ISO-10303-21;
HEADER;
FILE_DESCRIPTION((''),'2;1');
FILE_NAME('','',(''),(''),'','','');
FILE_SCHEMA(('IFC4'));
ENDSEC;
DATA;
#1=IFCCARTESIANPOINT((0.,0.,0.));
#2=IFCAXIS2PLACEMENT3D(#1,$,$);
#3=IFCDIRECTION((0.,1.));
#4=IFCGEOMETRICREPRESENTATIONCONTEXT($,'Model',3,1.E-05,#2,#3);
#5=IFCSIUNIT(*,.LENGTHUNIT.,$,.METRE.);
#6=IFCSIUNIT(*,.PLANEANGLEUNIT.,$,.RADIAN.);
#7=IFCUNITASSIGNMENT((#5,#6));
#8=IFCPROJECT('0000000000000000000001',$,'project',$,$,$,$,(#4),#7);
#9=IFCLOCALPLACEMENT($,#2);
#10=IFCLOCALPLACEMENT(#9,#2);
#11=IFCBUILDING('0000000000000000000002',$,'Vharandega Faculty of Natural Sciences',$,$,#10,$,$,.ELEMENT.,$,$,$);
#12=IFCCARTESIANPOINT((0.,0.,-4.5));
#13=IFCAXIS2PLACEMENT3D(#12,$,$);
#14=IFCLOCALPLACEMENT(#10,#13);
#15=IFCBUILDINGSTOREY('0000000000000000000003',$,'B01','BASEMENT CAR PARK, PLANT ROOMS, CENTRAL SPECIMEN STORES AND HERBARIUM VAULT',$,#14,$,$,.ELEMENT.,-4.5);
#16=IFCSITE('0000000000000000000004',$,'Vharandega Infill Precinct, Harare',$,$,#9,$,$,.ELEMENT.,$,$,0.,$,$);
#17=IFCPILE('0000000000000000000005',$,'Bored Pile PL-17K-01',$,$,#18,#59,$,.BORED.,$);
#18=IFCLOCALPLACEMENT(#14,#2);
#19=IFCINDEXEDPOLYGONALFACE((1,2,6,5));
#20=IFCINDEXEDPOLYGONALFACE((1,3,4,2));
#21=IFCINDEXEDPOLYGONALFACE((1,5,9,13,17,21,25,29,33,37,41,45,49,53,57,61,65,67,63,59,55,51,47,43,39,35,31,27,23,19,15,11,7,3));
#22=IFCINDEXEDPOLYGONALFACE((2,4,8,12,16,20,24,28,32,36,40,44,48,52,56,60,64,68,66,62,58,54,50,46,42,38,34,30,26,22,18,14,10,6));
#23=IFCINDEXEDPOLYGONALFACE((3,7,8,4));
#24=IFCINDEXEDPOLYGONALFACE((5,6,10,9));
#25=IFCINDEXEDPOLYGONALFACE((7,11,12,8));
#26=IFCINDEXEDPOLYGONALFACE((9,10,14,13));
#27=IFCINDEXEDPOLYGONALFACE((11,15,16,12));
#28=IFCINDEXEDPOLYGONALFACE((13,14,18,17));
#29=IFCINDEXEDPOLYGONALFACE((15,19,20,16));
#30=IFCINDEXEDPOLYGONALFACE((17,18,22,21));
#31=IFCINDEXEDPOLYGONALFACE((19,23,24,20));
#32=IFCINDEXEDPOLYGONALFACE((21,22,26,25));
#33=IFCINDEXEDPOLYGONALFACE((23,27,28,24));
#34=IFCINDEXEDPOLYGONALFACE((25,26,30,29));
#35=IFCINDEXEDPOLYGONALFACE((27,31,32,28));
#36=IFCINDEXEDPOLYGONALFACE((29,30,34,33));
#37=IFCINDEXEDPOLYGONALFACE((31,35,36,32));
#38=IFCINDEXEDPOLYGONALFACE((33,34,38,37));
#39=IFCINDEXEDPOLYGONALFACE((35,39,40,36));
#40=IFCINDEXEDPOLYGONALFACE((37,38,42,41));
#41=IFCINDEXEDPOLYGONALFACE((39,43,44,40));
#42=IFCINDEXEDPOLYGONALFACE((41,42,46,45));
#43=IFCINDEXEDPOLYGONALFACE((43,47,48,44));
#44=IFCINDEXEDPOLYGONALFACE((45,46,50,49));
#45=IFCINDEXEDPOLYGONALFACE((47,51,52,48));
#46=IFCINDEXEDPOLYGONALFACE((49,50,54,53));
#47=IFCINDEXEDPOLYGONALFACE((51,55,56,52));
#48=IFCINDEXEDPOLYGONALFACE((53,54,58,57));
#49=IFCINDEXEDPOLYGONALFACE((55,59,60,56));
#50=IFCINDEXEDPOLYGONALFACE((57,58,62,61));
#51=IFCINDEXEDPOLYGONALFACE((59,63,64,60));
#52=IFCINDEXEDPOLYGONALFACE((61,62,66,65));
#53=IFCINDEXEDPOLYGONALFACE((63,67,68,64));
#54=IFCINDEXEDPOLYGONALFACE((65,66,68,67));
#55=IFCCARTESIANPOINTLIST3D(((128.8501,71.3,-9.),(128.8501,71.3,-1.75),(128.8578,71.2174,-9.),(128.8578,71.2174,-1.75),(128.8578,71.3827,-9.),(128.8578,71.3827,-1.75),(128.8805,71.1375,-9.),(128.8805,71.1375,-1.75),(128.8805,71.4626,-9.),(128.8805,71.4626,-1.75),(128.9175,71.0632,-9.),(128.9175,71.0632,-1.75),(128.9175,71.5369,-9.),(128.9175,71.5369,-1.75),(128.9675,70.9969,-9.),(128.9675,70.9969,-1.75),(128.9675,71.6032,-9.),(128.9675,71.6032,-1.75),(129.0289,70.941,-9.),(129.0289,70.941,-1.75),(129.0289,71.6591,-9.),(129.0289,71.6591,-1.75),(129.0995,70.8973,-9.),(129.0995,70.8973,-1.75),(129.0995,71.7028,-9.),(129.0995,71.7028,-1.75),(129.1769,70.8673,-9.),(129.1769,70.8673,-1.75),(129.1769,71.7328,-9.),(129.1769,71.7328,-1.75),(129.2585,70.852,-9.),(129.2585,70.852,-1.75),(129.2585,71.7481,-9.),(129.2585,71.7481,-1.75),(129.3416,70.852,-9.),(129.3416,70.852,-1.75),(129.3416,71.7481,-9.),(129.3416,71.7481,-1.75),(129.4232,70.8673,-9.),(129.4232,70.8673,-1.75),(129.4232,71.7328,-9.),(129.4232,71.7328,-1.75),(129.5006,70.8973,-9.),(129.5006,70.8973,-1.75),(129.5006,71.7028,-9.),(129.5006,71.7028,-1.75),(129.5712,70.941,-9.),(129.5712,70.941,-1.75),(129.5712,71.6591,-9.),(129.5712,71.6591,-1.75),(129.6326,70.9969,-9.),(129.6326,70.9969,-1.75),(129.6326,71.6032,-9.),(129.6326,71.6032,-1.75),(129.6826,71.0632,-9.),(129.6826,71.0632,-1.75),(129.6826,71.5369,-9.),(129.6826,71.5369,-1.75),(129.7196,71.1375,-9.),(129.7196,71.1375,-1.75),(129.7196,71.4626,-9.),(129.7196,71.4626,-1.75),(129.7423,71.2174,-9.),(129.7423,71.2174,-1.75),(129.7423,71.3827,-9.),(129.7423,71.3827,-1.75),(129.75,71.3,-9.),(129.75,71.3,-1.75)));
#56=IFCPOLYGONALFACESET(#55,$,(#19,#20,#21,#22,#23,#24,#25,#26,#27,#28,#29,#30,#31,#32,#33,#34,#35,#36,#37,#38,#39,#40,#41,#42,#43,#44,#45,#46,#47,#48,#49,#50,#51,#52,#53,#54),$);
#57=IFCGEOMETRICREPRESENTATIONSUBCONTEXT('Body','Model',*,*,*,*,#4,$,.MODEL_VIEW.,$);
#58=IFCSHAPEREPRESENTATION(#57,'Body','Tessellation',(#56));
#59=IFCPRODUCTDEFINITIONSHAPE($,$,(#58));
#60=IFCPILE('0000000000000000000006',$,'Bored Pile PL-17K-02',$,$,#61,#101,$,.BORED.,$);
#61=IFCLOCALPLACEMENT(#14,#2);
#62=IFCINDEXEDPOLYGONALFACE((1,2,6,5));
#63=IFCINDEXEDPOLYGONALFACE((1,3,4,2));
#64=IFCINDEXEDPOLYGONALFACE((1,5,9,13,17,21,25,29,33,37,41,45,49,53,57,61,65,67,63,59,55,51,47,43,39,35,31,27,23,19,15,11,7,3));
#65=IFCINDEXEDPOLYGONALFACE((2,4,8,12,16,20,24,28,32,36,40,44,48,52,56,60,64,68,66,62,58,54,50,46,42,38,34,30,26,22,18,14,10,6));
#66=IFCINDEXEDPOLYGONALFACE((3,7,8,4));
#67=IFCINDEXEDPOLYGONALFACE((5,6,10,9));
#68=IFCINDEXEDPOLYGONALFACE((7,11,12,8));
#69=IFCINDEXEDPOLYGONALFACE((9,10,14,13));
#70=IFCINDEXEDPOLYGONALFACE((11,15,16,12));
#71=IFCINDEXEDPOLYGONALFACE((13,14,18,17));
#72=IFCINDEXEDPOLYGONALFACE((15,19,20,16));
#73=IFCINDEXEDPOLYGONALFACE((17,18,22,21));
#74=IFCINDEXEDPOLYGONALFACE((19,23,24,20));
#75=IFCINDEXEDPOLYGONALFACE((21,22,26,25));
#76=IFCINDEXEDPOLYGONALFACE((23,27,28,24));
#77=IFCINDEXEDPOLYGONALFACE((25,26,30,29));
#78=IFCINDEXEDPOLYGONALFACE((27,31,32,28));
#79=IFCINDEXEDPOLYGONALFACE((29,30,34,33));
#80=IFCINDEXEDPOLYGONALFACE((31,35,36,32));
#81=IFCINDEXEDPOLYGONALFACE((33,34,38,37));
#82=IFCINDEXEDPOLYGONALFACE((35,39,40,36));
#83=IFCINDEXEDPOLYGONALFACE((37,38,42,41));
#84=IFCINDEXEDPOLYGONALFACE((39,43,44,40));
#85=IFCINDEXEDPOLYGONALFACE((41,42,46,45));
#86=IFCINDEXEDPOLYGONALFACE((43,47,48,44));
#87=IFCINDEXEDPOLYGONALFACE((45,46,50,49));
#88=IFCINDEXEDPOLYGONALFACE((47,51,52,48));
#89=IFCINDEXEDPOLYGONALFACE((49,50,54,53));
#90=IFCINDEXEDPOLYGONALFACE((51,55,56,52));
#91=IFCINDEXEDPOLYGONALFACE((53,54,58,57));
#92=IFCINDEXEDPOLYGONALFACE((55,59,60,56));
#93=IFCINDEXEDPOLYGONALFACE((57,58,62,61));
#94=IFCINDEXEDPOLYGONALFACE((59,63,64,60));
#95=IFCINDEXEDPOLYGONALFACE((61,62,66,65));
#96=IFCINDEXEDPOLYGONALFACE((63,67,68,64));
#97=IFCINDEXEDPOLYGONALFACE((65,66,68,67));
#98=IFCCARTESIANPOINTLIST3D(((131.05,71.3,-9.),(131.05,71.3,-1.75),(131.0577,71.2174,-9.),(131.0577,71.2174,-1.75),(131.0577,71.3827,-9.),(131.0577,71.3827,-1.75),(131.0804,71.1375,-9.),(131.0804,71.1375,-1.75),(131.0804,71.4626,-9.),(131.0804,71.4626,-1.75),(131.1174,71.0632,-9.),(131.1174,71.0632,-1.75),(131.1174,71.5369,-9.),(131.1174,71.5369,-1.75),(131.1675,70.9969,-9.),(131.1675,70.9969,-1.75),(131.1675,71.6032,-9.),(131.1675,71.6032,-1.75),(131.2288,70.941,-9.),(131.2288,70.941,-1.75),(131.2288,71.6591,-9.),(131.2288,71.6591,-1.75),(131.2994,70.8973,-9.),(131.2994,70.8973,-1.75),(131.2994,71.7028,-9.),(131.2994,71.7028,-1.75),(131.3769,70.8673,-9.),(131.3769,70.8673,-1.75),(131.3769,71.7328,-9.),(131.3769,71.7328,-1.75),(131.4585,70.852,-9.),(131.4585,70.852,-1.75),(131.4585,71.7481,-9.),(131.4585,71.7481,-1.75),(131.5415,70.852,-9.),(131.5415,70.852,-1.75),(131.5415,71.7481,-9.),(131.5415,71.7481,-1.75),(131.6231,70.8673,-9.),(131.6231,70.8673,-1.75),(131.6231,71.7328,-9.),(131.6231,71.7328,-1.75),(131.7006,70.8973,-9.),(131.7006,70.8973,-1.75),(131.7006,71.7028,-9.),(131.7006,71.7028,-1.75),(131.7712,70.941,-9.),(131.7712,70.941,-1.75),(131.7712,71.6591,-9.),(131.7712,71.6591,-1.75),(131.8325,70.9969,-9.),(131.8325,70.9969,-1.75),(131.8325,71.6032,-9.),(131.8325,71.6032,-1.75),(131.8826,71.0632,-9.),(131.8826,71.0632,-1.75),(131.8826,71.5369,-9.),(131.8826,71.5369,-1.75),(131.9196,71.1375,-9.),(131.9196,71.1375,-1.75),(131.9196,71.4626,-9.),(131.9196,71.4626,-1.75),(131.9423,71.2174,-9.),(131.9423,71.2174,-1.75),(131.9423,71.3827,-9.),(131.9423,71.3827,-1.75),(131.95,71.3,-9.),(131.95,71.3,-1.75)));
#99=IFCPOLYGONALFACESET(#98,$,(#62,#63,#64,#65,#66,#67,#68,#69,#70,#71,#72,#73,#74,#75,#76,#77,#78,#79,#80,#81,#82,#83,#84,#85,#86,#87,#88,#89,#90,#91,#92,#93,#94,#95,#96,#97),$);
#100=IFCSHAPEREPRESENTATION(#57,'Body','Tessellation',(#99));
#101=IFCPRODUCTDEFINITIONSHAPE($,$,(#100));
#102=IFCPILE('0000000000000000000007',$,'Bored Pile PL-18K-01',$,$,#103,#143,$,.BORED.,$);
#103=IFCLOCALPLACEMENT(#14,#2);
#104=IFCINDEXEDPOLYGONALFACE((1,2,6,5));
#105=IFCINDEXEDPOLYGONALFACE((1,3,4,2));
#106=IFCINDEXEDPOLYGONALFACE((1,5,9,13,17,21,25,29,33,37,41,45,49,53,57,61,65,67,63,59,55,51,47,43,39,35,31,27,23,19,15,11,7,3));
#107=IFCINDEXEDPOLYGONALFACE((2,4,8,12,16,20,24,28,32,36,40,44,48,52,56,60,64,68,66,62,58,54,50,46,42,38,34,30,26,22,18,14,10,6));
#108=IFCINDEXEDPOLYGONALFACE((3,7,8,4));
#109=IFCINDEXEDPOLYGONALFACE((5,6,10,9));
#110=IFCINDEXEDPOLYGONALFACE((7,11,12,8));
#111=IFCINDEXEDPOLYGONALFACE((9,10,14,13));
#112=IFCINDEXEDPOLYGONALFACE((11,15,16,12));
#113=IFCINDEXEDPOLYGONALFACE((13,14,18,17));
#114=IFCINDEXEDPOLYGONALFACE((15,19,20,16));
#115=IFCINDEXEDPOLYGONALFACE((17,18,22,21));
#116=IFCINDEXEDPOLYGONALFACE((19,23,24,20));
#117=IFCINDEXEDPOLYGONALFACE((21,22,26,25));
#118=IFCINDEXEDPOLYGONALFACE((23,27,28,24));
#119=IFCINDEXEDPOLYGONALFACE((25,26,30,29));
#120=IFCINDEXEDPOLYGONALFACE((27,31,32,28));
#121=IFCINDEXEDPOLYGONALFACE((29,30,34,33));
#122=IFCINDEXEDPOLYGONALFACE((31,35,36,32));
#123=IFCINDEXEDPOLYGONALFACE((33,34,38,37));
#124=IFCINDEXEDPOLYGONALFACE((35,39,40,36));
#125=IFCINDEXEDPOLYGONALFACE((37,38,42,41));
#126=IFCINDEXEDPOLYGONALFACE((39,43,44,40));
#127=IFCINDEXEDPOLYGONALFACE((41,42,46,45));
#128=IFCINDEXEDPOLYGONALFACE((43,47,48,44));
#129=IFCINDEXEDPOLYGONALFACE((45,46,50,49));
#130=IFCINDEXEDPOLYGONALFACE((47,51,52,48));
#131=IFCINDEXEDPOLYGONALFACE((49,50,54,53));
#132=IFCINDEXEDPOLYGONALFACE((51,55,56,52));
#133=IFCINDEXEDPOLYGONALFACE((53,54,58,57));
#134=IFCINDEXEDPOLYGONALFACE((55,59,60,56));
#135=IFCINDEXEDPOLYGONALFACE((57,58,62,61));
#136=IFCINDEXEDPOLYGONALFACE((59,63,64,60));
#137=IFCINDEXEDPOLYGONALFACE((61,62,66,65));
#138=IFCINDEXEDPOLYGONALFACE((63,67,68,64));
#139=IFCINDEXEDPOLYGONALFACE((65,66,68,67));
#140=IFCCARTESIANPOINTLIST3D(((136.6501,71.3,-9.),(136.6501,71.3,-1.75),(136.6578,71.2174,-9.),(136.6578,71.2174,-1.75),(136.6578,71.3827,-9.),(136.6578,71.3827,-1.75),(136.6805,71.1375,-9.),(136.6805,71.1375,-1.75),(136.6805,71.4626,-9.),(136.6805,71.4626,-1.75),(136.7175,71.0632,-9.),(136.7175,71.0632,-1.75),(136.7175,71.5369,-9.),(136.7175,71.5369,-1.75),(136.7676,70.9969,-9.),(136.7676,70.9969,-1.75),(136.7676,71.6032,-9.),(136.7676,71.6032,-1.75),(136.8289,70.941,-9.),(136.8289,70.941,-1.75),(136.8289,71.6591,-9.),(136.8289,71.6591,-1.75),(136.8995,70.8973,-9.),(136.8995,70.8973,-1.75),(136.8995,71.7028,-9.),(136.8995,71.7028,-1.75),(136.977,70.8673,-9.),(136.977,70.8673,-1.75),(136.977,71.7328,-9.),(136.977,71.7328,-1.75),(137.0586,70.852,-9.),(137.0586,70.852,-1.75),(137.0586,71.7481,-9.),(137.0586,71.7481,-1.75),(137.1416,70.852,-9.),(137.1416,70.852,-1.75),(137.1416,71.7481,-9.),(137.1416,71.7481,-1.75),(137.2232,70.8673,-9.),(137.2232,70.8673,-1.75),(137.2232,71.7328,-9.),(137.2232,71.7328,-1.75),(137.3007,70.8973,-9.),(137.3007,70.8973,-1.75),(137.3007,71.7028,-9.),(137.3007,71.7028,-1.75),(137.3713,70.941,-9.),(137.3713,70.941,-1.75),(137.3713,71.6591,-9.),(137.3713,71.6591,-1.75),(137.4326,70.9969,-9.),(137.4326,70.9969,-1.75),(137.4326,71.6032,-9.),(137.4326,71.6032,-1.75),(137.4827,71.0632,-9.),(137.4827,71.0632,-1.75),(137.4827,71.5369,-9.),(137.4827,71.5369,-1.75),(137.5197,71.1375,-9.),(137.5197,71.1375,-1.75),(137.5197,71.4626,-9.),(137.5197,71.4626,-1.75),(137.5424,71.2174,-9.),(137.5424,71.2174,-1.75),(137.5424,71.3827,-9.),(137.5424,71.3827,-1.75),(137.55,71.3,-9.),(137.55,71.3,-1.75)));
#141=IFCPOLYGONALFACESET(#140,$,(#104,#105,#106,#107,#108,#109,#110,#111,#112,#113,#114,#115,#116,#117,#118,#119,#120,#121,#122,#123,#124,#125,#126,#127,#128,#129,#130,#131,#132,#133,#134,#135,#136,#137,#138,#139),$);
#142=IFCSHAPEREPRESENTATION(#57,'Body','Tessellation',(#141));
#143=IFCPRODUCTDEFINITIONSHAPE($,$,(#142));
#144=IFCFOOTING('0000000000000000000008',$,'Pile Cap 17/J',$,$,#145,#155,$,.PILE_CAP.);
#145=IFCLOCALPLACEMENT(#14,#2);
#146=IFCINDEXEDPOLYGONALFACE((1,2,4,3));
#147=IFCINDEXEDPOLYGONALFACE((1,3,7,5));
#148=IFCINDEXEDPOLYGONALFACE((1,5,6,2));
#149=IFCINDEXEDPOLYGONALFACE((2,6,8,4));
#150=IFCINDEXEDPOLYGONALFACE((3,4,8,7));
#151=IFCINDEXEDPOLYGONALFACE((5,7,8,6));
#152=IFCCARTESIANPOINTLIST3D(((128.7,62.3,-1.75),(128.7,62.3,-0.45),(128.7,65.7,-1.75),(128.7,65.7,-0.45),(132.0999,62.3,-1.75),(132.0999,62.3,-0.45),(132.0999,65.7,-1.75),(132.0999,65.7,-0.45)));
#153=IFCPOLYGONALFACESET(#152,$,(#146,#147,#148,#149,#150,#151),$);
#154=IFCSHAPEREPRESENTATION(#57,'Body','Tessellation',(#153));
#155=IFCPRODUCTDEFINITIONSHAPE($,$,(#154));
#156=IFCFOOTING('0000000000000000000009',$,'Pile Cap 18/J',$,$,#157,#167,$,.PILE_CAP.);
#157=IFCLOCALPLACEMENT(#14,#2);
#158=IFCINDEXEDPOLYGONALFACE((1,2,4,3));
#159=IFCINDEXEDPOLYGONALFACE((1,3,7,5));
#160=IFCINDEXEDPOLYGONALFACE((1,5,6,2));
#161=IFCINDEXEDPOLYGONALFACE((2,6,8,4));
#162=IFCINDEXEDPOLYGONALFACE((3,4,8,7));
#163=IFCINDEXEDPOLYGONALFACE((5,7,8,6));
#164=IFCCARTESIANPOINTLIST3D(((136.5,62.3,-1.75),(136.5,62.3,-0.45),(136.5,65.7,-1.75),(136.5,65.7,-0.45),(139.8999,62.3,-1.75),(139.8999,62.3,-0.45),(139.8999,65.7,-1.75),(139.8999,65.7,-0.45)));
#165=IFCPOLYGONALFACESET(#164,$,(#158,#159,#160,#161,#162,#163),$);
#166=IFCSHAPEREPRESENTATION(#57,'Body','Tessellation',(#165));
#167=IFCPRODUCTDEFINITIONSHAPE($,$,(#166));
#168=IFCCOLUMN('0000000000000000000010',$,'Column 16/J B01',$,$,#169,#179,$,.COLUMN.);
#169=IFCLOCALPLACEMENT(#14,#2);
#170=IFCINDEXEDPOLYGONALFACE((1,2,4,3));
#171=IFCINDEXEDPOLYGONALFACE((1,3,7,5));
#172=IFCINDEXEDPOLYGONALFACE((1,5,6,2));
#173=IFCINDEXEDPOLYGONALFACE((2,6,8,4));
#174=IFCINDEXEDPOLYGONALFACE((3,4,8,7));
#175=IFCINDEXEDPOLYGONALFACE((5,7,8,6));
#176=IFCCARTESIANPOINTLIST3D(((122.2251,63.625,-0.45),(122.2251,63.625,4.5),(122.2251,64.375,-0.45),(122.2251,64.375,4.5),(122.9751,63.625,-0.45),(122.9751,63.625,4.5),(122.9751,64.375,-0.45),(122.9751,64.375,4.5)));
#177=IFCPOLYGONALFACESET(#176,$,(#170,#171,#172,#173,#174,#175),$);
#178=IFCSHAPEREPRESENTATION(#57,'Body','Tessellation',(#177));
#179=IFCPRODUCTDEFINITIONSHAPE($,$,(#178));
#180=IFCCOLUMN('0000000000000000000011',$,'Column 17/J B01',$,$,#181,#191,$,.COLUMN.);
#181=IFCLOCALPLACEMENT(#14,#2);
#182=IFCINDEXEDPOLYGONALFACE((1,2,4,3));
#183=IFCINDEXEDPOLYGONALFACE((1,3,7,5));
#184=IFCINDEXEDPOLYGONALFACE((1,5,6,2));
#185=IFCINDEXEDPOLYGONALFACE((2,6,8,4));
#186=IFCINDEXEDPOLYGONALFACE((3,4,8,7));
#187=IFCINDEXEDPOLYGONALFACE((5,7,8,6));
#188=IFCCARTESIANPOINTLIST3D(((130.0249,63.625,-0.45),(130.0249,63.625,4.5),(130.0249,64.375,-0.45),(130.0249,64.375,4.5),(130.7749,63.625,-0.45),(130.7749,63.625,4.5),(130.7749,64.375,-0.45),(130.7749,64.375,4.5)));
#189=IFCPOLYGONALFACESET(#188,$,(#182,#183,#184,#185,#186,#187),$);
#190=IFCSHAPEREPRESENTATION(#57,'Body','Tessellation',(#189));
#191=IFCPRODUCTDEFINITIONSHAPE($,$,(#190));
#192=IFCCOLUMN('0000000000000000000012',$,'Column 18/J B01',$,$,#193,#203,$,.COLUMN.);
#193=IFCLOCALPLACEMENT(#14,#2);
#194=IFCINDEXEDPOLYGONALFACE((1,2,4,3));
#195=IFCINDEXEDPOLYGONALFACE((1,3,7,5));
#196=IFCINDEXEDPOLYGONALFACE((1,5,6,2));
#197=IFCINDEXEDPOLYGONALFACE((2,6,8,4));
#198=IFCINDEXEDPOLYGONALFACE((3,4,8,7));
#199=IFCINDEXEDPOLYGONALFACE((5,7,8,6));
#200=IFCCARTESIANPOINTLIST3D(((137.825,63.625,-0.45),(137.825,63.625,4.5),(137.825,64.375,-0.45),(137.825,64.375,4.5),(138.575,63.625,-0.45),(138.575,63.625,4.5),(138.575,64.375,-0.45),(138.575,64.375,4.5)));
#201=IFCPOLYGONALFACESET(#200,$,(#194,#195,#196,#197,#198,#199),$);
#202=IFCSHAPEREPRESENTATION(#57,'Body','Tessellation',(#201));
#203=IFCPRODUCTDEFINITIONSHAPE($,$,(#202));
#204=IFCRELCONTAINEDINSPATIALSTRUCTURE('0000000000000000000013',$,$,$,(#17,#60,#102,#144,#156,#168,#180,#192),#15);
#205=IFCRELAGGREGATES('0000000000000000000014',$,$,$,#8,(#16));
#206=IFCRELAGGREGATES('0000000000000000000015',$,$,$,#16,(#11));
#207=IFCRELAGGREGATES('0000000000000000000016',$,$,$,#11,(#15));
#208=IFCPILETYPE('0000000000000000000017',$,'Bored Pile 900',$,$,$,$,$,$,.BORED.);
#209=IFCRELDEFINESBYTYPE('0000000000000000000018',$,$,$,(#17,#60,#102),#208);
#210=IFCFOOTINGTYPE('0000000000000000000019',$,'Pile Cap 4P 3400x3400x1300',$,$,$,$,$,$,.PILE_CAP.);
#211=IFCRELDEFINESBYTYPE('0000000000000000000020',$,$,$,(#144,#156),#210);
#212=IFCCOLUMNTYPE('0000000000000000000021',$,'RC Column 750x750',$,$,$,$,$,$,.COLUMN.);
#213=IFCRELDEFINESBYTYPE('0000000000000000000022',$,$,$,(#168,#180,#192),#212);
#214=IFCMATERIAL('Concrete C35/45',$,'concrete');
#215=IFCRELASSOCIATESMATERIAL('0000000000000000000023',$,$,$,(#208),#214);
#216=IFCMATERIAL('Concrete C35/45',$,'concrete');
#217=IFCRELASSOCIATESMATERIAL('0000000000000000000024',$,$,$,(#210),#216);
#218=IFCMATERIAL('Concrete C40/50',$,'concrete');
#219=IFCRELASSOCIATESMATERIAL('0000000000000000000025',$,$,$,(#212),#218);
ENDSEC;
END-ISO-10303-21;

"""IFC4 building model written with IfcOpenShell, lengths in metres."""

from ifc_helpers import new_model, si_unit, direction, frame, origin, origin_2d, place, context, subcontext, project, spatial, rectangle, circle, extrude, material, material_profile, profile_set, type_object, element, save


model = new_model("IFC4")

# Units and contexts
model_context = context("Model", 3, precision=1e-05, world=origin(), true_north=direction((0.0, 1.0)))
body_context = subcontext(model_context, "Body", "Model", "MODEL_VIEW")
ifc_project = project(units=[si_unit("LENGTHUNIT", "METRE"), si_unit("PLANEANGLEUNIT", "RADIAN")], contexts=[model_context])

# Site, building, storey
site_placement = place(None, origin())
site = spatial("IfcSite", under=ifc_project, at=site_placement, Name="Vharandega Infill Precinct, Harare", CompositionType="ELEMENT", RefElevation=0.0)
building_placement = place(site_placement, origin())
building = spatial("IfcBuilding", under=site, at=building_placement, Name="Vharandega Faculty of Natural Sciences", CompositionType="ELEMENT")
storey_placement = place(building_placement, frame((0.0, 0.0, -4.5)))
storey = spatial("IfcBuildingStorey", under=building, at=storey_placement, Name="B01", Description="BASEMENT CAR PARK, PLANT ROOMS, CENTRAL SPECIMEN STORES AND HERBARIUM VAULT", CompositionType="ELEMENT", Elevation=-4.5)

# Piles
ifc_material_1 = material(Name="Concrete C35/45", Category="concrete")
ifc_material_profile_1 = material_profile(ifc_material_1, circle(Radius=0.45, at=origin_2d()), Name="PILE 900")
ifc_profile_set_1 = profile_set([ifc_material_profile_1], Name="Concrete C35/45")
pile_type_1 = type_object("IfcPileType", Name="Bored Pile 900", PredefinedType="BORED", material=ifc_profile_set_1)
for number, where, z_axis, x_axis, name in (
    (1, (129.3, 71.3, -1.75), (0.0, 0.0, -1.0), (1.0, 0.0, 0.0), "Bored Pile PL-17K-01"),
    (2, (131.5, 71.3, -1.75), (0.0, 0.0, -1.0), (1.0, 0.0, 0.0), "Bored Pile PL-17K-02"),
    (3, (137.1001, 71.3, -1.75), (0.0, 0.0, -1.0), (1.0, 0.0, 0.0), "Bored Pile PL-18K-01"),
):
    element("IfcPile", number, at=place(storey_placement, frame(where, z_axis=z_axis, x_axis=x_axis)), inside=storey, type_object=pile_type_1, Name=name, PredefinedType="BORED", context=body_context, shape_type="SweptSolid", body=[
        extrude(circle(Radius=0.45, at=origin_2d()), origin(), (0.0, 0.0, 1.0), 7.25),
    ])

# Footings
ifc_material_2 = material(Name="Concrete C35/45", Category="concrete")
footing_type = type_object("IfcFootingType", Name="Pile Cap 4P 3400x3400x1300", PredefinedType="PILE_CAP", material=ifc_material_2)
for number, where, z_axis, x_axis, name in (
    (4, (130.3999, 64.0, -1.75), (0.0, 0.0, 1.0), (1.0, 0.0, 0.0), "Pile Cap 17/J"),
    (5, (138.2, 64.0, -1.75), (0.0, 0.0, 1.0), (1.0, 0.0, 0.0), "Pile Cap 18/J"),
):
    element("IfcFooting", number, at=place(storey_placement, frame(where, z_axis=z_axis, x_axis=x_axis)), inside=storey, type_object=footing_type, Name=name, PredefinedType="PILE_CAP", context=body_context, shape_type="SweptSolid", body=[
        extrude(rectangle(XDim=3.3999, YDim=3.3999, at=origin_2d()), origin(), (0.0, 0.0, 1.0), 1.3),
    ])

# Columns
ifc_material_3 = material(Name="Concrete C40/50", Category="concrete")
ifc_material_profile_2 = material_profile(ifc_material_3, rectangle(XDim=0.75, YDim=0.75, at=origin_2d()), Name="RC 750x750")
ifc_profile_set_2 = profile_set([ifc_material_profile_2], Name="Concrete C40/50")
column_type = type_object("IfcColumnType", Name="RC Column 750x750", PredefinedType="COLUMN", material=ifc_profile_set_2)
for number, where, z_axis, x_axis, name in (
    (6, (122.6001, 64.0, -0.45), (0.0, 0.0, 1.0), (1.0, 0.0, 0.0), "Column 16/J B01"),
    (7, (130.3999, 64.0, -0.45), (0.0, 0.0, 1.0), (1.0, 0.0, 0.0), "Column 17/J B01"),
    (8, (138.2, 64.0, -0.45), (0.0, 0.0, 1.0), (1.0, 0.0, 0.0), "Column 18/J B01"),
):
    element("IfcColumn", number, at=place(storey_placement, frame(where, z_axis=z_axis, x_axis=x_axis)), inside=storey, type_object=column_type, Name=name, PredefinedType="COLUMN", context=body_context, shape_type="SweptSolid", body=[
        extrude(rectangle(XDim=0.75, YDim=0.75, at=origin_2d()), origin(), (0.0, 0.0, 1.0), 4.95),
    ])

save(model, "model.ifc")
